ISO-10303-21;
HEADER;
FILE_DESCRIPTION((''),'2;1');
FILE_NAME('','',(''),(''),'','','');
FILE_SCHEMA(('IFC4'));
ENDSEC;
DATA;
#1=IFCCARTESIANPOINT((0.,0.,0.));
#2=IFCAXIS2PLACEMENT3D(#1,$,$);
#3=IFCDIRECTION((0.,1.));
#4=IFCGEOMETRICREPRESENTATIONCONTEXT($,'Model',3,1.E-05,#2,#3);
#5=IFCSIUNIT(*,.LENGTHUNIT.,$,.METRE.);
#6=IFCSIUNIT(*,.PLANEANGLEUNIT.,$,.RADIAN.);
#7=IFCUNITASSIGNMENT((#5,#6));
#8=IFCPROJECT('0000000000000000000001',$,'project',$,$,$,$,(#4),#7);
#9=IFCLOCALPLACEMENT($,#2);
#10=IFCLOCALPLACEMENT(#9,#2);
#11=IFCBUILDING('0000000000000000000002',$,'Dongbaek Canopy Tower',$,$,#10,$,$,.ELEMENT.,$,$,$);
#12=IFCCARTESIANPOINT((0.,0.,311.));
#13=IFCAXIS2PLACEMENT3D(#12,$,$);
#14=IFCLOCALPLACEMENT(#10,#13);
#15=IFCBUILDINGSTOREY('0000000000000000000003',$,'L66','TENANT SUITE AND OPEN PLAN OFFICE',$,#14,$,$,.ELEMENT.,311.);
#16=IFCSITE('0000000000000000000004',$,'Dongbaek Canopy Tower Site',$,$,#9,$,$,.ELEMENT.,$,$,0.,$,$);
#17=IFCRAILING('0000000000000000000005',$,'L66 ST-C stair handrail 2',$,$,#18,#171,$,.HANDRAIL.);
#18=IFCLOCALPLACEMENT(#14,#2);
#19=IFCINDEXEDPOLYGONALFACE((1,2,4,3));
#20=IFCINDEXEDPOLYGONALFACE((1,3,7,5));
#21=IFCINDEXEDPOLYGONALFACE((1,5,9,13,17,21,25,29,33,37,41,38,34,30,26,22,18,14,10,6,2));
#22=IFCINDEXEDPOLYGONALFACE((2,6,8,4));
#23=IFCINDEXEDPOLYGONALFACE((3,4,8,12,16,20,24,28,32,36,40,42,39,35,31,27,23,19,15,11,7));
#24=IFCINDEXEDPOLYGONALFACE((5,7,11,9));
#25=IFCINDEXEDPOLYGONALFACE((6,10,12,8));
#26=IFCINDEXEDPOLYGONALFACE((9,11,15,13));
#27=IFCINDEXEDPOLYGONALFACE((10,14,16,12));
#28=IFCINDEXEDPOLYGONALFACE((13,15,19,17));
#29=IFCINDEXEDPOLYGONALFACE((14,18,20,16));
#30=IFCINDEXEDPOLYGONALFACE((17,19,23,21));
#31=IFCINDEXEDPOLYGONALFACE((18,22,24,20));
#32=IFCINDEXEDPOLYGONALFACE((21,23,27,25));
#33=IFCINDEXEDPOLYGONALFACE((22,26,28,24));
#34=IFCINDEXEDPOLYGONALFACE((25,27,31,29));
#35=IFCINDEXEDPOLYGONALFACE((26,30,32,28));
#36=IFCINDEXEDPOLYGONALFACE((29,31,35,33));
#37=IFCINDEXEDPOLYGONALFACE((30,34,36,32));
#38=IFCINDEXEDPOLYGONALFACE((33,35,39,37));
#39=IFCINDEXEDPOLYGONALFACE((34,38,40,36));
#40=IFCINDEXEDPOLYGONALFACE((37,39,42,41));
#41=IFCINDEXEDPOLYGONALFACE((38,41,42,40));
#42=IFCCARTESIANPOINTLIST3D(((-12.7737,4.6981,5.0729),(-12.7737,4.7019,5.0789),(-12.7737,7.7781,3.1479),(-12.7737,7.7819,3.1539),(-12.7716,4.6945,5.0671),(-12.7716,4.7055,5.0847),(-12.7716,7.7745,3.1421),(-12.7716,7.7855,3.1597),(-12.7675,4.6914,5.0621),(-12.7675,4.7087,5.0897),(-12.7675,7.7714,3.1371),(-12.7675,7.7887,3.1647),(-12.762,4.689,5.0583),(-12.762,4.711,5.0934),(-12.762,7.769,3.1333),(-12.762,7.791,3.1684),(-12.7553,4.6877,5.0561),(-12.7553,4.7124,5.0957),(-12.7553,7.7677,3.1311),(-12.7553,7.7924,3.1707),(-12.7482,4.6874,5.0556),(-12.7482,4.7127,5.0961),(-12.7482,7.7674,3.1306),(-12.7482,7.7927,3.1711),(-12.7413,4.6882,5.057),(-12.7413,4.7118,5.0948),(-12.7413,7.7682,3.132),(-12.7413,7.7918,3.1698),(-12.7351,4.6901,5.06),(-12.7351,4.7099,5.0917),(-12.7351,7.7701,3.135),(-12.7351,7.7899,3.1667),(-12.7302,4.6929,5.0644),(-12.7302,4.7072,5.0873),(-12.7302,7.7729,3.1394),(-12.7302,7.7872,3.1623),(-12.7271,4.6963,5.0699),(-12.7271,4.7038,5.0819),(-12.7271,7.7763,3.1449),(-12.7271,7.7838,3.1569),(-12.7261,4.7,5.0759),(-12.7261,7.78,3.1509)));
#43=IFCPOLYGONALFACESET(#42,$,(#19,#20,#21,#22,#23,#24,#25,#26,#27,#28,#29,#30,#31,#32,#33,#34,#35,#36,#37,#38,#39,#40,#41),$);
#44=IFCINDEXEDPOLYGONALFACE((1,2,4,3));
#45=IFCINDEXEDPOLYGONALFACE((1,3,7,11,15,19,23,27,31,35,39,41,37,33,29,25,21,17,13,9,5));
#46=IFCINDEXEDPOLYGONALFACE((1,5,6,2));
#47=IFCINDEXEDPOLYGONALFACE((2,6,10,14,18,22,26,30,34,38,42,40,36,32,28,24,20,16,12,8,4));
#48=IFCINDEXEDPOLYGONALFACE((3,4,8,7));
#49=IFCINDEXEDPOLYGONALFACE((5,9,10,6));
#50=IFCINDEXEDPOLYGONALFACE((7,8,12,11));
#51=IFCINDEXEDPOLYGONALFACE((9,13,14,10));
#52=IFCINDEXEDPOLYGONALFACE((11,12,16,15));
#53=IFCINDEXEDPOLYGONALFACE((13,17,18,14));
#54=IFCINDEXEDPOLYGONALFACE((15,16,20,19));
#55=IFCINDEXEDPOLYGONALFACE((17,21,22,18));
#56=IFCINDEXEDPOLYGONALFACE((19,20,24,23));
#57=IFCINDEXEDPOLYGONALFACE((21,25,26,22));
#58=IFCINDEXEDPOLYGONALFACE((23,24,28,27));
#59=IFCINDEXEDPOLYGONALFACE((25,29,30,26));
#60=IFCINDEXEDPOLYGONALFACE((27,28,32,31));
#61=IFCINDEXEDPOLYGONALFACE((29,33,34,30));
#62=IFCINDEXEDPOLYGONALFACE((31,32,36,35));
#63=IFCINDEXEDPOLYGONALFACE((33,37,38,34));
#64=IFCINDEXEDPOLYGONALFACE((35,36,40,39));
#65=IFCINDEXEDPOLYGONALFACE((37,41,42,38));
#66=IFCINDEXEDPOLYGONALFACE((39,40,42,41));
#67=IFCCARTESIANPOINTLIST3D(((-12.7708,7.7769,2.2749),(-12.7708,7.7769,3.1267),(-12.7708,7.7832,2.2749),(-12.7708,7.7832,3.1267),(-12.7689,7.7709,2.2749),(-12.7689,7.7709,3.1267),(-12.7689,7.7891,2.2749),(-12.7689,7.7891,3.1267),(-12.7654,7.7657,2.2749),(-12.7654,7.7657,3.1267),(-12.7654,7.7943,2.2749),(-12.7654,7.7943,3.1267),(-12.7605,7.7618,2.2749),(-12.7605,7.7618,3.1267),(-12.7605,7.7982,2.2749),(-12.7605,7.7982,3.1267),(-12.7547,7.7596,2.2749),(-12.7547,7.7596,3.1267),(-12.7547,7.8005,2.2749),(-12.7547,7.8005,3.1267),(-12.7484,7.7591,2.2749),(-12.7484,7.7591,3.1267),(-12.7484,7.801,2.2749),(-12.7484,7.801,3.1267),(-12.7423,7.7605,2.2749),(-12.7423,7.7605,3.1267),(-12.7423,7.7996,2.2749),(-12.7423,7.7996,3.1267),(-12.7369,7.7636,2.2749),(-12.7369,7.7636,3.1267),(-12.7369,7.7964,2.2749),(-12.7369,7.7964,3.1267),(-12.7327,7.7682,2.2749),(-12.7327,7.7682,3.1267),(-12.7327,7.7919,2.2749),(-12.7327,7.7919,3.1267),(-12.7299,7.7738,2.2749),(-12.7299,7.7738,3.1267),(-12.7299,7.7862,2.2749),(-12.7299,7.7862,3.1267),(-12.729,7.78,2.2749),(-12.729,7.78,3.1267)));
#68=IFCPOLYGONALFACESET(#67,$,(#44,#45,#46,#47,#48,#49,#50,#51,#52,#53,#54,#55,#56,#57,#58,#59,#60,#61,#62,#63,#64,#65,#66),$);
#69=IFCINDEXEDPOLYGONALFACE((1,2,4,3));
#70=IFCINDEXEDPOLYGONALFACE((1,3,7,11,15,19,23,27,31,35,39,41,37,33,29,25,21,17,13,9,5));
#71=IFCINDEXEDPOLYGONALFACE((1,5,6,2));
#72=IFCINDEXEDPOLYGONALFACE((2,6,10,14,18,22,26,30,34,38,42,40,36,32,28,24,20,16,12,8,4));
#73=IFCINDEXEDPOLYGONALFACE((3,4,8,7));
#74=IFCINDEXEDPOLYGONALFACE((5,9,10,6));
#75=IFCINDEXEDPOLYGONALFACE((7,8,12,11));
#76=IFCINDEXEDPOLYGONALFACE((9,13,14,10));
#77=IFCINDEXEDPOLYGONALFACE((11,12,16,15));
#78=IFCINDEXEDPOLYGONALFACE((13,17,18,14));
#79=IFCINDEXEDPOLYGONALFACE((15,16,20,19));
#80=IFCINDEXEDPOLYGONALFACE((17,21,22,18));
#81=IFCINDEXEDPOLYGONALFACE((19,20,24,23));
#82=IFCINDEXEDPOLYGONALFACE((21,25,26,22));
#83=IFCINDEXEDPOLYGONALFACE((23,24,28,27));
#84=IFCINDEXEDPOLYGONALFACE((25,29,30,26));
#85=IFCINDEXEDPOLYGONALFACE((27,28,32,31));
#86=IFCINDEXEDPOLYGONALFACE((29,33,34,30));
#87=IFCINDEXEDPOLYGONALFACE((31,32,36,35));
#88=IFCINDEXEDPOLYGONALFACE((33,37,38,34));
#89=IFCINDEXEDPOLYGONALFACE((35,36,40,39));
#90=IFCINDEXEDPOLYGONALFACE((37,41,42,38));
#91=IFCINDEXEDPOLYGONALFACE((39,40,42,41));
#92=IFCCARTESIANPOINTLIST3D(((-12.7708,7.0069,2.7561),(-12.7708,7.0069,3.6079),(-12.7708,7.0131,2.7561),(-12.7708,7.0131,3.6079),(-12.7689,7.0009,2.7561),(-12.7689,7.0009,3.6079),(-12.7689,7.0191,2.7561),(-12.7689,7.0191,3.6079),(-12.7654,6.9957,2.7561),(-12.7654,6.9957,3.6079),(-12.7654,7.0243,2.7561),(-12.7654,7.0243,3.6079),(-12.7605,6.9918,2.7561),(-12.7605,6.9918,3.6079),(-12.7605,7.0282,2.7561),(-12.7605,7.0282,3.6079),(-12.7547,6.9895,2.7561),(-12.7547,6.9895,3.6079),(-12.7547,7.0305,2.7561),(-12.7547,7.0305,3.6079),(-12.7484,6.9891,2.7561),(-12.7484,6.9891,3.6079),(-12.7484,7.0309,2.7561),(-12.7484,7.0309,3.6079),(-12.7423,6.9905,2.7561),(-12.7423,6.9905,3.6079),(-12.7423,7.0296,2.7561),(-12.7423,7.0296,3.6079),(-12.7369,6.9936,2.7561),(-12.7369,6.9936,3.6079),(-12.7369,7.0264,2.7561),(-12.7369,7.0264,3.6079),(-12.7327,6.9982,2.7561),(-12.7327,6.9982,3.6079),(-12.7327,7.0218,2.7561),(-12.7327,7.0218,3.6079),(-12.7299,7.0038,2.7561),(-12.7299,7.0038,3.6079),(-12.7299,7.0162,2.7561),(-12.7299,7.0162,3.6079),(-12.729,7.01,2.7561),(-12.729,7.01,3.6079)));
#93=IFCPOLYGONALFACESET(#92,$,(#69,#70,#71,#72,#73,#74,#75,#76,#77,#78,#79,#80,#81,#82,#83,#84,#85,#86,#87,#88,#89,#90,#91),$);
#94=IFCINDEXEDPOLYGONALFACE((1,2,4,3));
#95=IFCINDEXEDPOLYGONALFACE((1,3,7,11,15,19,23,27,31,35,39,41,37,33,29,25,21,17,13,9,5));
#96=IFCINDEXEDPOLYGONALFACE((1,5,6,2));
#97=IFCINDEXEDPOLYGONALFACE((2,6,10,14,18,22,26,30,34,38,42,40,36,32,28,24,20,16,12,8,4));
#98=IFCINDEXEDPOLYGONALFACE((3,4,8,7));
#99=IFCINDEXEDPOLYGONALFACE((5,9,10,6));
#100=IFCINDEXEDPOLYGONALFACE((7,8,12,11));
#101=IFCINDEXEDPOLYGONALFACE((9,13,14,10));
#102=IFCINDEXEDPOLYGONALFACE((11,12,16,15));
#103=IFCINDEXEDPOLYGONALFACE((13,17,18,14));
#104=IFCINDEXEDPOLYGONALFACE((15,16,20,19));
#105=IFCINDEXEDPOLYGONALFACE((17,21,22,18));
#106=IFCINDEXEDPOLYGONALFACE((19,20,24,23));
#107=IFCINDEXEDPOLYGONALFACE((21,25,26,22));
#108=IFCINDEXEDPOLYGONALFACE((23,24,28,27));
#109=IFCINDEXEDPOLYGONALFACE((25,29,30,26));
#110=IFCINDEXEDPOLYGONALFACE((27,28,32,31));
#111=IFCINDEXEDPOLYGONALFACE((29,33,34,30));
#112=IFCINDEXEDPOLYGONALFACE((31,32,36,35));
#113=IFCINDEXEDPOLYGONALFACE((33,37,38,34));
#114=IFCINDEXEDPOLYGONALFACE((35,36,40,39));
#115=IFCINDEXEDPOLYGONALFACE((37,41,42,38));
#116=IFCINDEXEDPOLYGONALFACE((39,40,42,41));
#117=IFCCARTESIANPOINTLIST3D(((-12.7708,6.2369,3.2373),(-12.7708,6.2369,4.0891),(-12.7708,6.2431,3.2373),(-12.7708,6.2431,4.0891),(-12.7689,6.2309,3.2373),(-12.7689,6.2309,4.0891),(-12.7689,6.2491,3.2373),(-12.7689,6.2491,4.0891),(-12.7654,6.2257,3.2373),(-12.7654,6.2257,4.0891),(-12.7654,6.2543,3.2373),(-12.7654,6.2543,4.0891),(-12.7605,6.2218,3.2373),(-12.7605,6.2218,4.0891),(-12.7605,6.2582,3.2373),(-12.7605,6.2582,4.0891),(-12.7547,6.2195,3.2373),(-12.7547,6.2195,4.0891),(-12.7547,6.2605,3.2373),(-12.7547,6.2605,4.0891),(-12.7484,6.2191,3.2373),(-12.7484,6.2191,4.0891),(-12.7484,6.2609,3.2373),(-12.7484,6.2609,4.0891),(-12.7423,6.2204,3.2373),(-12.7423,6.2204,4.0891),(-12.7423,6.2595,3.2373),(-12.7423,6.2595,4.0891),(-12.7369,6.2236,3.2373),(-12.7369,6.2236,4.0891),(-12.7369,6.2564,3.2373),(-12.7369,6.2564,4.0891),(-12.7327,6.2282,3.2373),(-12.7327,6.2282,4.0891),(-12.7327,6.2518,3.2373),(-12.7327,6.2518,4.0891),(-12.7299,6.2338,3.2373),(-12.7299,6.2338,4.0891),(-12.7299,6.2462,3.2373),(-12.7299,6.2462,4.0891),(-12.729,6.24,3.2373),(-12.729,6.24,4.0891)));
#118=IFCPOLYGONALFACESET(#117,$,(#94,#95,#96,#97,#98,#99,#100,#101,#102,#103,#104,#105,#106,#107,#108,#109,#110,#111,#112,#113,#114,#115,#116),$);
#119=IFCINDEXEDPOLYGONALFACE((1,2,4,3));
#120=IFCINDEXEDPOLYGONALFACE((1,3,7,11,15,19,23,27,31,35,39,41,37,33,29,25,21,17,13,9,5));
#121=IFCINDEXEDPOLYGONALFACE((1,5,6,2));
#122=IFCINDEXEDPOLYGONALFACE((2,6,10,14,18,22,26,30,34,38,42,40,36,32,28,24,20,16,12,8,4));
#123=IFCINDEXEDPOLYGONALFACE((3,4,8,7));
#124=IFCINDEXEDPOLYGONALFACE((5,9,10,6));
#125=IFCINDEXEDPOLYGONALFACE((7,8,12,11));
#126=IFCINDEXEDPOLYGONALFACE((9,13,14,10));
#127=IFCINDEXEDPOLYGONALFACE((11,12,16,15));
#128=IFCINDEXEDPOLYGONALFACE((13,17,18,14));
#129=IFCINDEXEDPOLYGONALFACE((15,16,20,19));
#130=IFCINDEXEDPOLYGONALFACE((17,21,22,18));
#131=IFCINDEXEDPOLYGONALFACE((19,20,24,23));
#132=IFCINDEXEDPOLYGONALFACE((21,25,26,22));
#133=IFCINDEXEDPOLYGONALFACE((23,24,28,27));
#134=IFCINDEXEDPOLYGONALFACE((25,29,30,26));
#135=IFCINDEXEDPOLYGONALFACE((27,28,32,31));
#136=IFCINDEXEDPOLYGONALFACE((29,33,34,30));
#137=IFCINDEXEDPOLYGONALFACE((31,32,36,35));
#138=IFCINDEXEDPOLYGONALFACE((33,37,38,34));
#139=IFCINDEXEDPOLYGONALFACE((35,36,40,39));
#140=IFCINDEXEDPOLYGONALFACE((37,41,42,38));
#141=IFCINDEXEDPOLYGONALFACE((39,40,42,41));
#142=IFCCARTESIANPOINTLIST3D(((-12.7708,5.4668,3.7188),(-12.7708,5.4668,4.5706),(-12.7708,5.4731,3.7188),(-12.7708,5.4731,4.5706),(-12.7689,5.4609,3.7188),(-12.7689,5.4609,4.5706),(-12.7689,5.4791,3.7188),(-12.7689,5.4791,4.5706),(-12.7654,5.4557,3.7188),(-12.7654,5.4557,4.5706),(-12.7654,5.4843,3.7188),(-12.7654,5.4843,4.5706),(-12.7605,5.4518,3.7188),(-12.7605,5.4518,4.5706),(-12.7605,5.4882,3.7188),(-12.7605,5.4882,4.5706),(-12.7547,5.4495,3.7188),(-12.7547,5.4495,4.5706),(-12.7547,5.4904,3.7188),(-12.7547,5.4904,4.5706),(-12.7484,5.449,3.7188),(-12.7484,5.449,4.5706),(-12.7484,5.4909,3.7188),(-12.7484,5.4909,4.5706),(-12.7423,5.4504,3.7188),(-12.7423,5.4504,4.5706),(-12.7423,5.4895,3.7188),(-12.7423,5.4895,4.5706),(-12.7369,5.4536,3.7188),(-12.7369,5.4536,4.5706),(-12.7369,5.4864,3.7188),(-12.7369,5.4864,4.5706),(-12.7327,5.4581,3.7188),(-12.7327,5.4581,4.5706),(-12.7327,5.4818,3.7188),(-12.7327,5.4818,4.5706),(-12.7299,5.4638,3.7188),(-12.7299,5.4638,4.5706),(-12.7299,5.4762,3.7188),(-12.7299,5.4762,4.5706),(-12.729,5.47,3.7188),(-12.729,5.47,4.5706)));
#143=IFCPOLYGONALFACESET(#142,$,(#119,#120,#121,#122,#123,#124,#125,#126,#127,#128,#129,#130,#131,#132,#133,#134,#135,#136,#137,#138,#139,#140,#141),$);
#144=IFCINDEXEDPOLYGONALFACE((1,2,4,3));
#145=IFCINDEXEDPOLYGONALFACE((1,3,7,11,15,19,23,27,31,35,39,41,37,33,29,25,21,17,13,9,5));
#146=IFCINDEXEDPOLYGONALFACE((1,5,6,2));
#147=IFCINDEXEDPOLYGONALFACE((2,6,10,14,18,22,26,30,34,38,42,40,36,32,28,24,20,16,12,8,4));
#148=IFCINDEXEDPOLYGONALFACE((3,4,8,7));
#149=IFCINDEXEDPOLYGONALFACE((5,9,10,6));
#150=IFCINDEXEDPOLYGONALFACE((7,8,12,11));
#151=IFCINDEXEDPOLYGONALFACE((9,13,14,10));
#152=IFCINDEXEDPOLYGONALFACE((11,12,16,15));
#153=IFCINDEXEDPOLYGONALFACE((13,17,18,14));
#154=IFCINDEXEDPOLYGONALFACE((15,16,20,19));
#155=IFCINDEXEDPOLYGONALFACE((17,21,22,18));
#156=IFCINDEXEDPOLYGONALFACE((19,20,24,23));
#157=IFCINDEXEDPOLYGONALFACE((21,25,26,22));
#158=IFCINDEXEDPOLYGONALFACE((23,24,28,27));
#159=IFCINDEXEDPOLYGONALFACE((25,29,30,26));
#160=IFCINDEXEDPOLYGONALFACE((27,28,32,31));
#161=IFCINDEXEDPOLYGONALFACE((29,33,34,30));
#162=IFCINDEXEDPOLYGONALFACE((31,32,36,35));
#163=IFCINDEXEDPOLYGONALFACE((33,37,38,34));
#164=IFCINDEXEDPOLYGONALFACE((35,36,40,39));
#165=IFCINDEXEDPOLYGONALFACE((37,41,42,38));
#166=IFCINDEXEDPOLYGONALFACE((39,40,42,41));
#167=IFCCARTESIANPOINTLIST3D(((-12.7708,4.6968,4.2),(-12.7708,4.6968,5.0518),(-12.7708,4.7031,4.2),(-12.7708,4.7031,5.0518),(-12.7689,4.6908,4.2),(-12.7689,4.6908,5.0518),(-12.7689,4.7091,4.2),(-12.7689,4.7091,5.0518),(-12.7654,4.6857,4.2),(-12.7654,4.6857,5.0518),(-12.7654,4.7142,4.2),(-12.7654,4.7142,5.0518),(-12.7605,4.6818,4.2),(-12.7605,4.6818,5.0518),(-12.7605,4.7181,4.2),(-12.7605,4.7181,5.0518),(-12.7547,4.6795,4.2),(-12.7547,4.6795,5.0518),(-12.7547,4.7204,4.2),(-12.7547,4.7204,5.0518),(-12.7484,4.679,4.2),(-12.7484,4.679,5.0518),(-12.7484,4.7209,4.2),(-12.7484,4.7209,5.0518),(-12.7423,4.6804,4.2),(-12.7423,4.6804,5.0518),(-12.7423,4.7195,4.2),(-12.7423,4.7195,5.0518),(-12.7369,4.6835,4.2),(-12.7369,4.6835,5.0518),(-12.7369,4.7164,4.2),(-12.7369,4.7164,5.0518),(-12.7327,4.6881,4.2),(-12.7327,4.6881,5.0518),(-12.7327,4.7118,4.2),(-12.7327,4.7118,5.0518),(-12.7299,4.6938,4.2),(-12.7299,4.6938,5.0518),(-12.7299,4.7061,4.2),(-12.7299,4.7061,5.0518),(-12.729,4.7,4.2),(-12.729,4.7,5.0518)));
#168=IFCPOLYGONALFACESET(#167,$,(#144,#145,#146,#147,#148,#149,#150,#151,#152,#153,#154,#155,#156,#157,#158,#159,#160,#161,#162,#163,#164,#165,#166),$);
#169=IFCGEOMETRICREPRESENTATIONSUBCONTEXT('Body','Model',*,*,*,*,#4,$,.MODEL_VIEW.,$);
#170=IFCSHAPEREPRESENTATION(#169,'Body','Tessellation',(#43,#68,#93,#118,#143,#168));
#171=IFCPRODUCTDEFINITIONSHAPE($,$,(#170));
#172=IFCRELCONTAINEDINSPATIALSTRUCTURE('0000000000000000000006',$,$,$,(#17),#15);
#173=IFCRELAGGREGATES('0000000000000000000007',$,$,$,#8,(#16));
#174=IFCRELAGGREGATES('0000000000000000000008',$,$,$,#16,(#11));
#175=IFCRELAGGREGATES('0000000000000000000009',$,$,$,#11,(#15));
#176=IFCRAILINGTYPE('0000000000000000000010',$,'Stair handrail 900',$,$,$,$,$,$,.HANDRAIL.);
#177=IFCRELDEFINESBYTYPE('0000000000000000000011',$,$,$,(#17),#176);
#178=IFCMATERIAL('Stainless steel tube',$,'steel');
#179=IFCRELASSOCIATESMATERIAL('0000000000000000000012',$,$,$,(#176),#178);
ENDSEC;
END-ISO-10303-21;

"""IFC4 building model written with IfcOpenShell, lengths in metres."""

from ifc_helpers import new_model, si_unit, direction, frame, origin, origin_2d, place, context, subcontext, project, spatial, circle, extrude, material, type_object, element, save


model = new_model("IFC4")

# Units and contexts
model_context = context("Model", 3, precision=1e-05, world=origin(), true_north=direction((0.0, 1.0)))
body_context = subcontext(model_context, "Body", "Model", "MODEL_VIEW")
ifc_project = project(units=[si_unit("LENGTHUNIT", "METRE"), si_unit("PLANEANGLEUNIT", "RADIAN")], contexts=[model_context])

# Site, building, storey
site_placement = place(None, origin())
site = spatial("IfcSite", under=ifc_project, at=site_placement, Name="Dongbaek Canopy Tower Site", CompositionType="ELEMENT", RefElevation=0.0)
building_placement = place(site_placement, origin())
building = spatial("IfcBuilding", under=site, at=building_placement, Name="Dongbaek Canopy Tower", CompositionType="ELEMENT")
storey_placement = place(building_placement, frame((0.0, 0.0, 311.0)))
storey = spatial("IfcBuildingStorey", under=building, at=storey_placement, Name="L66", Description="TENANT SUITE AND OPEN PLAN OFFICE", CompositionType="ELEMENT", Elevation=311.0)

# Railing
ifc_material_1 = material(Name="Stainless steel tube", Category="steel")
railing_type_1 = type_object("IfcRailingType", Name="Stair handrail 900", PredefinedType="HANDRAIL", material=ifc_material_1)
railing_1_placement = place(storey_placement, frame((-12.75, 7.78, 2.2749)))
element("IfcRailing", 1, at=railing_1_placement, inside=storey, type_object=railing_type_1, Name="L66 ST-C stair handrail 2", PredefinedType="HANDRAIL", context=body_context, shape_type="SweptSolid", body=[
    extrude(circle(Radius=0.0239, at=origin_2d()), frame((0.0, 0.0, 0.876), z_axis=(0.0, -0.847998, 0.529999), x_axis=(1.0, 0.0, 0.0)), (0.0, 0.0, 1.0), 3.6321),
    extrude(circle(Radius=0.021, at=origin_2d()), origin(), (0.0, 0.0, 1.0), 0.8518),
    extrude(circle(Radius=0.021, at=origin_2d()), frame((0.0, -0.77, 0.4812)), (0.0, 0.0, 1.0), 0.8518),
    extrude(circle(Radius=0.021, at=origin_2d()), frame((0.0, -1.54, 0.9624)), (0.0, 0.0, 1.0), 0.8518),
    extrude(circle(Radius=0.021, at=origin_2d()), frame((0.0, -2.3101, 1.4438)), (0.0, 0.0, 1.0), 0.8518),
    extrude(circle(Radius=0.021, at=origin_2d()), frame((0.0, -3.0801, 1.925)), (0.0, 0.0, 1.0), 0.8518),
])

save(model, "model.ifc")
